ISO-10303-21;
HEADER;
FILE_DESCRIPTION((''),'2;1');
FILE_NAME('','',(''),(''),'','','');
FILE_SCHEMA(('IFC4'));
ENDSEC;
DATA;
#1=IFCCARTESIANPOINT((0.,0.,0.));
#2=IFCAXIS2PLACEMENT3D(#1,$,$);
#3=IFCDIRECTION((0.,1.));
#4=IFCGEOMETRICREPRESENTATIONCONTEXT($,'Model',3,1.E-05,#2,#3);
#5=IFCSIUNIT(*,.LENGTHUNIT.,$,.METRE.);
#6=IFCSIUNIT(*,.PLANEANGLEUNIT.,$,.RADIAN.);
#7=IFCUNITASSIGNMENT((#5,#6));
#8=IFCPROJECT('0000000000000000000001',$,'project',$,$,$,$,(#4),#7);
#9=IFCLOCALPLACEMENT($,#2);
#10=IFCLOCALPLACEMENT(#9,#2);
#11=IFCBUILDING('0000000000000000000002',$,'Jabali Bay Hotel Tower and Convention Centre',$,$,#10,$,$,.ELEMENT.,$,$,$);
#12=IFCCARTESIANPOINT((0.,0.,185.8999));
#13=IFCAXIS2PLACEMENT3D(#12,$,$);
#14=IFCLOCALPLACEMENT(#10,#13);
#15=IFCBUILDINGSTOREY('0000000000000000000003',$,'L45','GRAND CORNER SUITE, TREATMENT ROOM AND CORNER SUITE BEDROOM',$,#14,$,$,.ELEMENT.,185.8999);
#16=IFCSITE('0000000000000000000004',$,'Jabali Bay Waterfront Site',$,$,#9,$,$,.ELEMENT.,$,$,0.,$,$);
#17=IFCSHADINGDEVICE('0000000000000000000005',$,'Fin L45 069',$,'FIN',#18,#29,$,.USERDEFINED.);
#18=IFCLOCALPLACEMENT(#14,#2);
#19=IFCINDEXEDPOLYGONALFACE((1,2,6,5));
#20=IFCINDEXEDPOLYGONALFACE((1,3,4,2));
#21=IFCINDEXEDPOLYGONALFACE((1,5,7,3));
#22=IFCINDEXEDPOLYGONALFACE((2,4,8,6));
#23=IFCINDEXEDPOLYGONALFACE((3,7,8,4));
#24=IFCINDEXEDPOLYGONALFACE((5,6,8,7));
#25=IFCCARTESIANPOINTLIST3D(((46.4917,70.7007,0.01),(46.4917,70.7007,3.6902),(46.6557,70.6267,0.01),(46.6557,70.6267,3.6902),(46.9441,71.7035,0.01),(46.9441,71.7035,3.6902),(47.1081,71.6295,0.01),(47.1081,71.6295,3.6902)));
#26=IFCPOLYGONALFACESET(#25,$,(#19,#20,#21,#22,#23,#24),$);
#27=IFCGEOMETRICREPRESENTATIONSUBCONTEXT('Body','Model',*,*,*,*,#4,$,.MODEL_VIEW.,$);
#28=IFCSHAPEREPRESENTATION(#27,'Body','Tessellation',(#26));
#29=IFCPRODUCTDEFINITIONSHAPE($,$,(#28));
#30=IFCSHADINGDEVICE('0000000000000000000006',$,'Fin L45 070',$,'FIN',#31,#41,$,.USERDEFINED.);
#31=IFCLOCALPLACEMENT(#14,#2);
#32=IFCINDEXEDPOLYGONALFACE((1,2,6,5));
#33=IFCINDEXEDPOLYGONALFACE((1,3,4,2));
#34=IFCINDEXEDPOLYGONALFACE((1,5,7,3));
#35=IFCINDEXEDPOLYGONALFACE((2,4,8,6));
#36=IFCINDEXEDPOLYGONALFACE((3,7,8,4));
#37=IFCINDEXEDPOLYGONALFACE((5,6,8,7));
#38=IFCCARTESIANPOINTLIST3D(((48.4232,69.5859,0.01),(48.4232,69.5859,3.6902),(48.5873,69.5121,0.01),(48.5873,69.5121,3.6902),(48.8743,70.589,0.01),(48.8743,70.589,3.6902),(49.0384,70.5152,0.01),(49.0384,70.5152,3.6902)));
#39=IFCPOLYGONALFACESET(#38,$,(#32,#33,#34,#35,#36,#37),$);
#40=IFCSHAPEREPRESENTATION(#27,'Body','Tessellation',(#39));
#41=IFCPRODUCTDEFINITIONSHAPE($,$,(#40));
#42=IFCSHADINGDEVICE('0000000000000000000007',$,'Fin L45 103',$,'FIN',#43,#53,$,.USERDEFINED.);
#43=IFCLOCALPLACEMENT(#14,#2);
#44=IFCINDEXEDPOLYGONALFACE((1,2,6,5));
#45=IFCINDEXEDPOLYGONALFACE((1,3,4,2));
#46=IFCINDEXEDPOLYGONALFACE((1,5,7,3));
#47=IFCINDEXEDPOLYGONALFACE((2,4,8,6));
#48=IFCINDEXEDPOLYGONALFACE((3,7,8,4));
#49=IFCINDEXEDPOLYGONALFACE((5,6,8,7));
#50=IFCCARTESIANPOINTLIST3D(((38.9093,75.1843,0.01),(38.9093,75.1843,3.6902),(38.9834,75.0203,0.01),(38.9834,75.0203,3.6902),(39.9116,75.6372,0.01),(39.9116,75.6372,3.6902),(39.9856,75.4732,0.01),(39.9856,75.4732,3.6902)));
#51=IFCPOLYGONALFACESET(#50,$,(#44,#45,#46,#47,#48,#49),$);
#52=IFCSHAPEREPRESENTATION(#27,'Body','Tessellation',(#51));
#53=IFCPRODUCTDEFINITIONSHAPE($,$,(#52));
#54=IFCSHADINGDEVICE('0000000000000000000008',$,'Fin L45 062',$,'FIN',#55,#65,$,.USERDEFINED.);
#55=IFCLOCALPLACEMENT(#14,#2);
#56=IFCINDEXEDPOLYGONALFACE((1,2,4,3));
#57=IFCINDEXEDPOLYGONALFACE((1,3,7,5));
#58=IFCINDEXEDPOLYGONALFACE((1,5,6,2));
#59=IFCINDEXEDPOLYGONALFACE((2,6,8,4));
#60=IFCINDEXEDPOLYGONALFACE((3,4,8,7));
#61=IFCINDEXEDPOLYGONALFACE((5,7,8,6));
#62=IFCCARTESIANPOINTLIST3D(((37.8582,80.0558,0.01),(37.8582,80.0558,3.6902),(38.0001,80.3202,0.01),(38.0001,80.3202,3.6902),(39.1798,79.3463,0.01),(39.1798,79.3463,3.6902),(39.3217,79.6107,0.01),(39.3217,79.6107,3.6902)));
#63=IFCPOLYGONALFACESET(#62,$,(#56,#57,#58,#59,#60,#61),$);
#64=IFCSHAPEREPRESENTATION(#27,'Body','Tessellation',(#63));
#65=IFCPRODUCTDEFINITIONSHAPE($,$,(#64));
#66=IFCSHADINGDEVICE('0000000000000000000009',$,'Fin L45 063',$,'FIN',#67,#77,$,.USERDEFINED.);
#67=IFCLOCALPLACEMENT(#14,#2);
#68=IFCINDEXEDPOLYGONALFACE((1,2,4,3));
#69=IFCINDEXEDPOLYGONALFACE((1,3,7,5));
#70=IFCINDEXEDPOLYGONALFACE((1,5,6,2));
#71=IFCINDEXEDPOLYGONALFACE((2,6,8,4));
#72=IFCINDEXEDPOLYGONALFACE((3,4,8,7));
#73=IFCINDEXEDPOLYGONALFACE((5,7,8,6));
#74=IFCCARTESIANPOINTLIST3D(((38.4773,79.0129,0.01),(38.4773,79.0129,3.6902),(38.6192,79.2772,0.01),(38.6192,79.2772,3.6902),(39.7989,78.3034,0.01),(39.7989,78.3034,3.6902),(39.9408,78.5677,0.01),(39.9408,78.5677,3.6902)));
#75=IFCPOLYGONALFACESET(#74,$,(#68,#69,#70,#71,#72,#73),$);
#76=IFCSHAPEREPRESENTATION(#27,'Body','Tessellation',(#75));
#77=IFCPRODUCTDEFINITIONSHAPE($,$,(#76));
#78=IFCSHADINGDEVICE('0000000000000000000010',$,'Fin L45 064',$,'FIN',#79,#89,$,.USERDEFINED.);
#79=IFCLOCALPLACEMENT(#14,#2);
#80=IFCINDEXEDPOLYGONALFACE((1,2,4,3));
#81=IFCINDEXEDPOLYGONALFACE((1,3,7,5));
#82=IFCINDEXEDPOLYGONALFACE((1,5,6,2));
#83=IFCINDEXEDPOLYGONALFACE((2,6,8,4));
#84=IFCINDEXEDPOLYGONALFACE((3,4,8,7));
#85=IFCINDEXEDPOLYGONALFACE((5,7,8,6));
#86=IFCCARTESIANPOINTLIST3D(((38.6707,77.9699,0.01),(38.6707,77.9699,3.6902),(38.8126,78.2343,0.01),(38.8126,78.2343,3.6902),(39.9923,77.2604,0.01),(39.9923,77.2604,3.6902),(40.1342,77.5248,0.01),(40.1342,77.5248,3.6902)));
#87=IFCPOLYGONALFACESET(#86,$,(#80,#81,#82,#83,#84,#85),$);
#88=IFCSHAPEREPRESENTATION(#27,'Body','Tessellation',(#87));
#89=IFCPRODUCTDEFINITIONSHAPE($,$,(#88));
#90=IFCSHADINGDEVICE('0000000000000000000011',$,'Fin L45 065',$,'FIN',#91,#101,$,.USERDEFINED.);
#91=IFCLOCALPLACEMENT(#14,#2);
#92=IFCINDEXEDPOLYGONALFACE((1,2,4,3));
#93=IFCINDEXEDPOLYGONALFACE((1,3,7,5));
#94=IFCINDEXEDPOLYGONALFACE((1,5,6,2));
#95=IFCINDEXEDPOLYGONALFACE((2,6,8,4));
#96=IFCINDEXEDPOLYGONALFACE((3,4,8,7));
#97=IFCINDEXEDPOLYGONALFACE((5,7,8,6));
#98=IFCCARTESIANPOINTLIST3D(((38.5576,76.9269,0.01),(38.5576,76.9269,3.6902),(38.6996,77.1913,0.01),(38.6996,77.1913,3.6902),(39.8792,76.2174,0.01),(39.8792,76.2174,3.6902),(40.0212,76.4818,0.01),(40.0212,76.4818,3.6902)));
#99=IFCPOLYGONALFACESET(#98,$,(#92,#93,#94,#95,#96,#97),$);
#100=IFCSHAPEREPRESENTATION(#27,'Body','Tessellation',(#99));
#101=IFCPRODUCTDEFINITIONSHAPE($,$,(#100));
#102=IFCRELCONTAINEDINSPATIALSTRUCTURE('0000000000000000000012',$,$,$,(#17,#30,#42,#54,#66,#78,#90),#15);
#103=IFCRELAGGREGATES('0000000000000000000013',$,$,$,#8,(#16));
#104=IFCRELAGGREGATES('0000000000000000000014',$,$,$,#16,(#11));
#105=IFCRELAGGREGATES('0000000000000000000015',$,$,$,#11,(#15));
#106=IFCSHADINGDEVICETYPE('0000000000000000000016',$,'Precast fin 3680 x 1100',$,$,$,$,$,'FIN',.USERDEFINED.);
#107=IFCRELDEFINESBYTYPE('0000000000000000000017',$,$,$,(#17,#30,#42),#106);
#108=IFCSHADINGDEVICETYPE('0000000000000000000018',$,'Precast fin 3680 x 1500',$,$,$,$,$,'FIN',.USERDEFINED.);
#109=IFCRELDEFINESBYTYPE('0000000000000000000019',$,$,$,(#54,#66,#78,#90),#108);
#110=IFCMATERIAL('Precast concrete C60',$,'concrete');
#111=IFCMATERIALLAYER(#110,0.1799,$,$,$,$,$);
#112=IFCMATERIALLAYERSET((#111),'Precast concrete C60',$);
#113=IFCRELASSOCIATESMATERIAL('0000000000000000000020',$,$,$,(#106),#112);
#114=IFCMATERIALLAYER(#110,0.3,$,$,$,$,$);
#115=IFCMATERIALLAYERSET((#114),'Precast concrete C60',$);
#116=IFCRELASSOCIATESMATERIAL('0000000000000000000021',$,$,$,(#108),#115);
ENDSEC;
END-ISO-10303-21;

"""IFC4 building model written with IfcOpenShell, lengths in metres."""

from ifc_helpers import new_model, si_unit, direction, frame, frame_2d, origin, place, context, subcontext, project, spatial, rectangle, extrude, material, layer, layer_set, type_object, element, save


model = new_model("IFC4")

# Units and contexts
model_context = context("Model", 3, precision=1e-05, world=origin(), true_north=direction((0.0, 1.0)))
body_context = subcontext(model_context, "Body", "Model", "MODEL_VIEW")
ifc_project = project(units=[si_unit("LENGTHUNIT", "METRE"), si_unit("PLANEANGLEUNIT", "RADIAN")], contexts=[model_context])

# Site, building, storey
site_placement = place(None, origin())
site = spatial("IfcSite", under=ifc_project, at=site_placement, Name="Jabali Bay Waterfront Site", CompositionType="ELEMENT", RefElevation=0.0)
building_placement = place(site_placement, origin())
building = spatial("IfcBuilding", under=site, at=building_placement, Name="Jabali Bay Hotel Tower and Convention Centre", CompositionType="ELEMENT")
storey_placement = place(building_placement, frame((0.0, 0.0, 185.8999)))
storey = spatial("IfcBuildingStorey", under=building, at=storey_placement, Name="L45", Description="GRAND CORNER SUITE, TREATMENT ROOM AND CORNER SUITE BEDROOM", CompositionType="ELEMENT", Elevation=185.8999)

# Shading devices
ifc_material_1 = material(Name="Precast concrete C60", Category="concrete")
ifc_layer_1 = layer(ifc_material_1, 0.1799)
ifc_layer_set_1 = layer_set([ifc_layer_1], Name="Precast concrete C60")
shading_device_type_1 = type_object("IfcShadingDeviceType", Name="Precast fin 3680 x 1100", ElementType="FIN", PredefinedType="USERDEFINED", material=ifc_layer_set_1)
for number, where, z_axis, x_axis, name in (
    (1, (47.0261, 71.6665, 0.01), (0.0, 0.0, 1.0), (-0.41126, -0.911518, 0.0), "Fin L45 069"),
):
    element("IfcShadingDevice", number, at=place(storey_placement, frame(where, z_axis=z_axis, x_axis=x_axis)), inside=storey, type_object=shading_device_type_1, Name=name, ObjectType="FIN", PredefinedType="USERDEFINED", context=body_context, shape_type="SweptSolid", body=[
        extrude(rectangle(XDim=1.1001, YDim=0.1799, at=frame_2d((0.55, 0.0))), origin(), (0.0, 0.0, 1.0), 3.6802),
    ])
for number, where, z_axis, x_axis, name in (
    (2, (48.9563, 70.552, 0.01), (0.0, 0.0, 1.0), (-0.410171, -0.912009, 0.0), "Fin L45 070"),
    (3, (39.9485, 75.5552, 0.01), (0.0, 0.0, 1.0), (-0.911277, -0.411795, 0.0), "Fin L45 103"),
):
    element("IfcShadingDevice", number, at=place(storey_placement, frame(where, z_axis=z_axis, x_axis=x_axis)), inside=storey, type_object=shading_device_type_1, Name=name, ObjectType="FIN", PredefinedType="USERDEFINED", context=body_context, shape_type="SweptSolid", body=[
        extrude(rectangle(XDim=1.0999, YDim=0.1799, at=frame_2d((0.5498, 0.0))), origin(), (0.0, 0.0, 1.0), 3.6802),
    ])
ifc_layer_2 = layer(ifc_material_1, 0.3)
ifc_layer_set_2 = layer_set([ifc_layer_2], Name="Precast concrete C60")
shading_device_type_2 = type_object("IfcShadingDeviceType", Name="Precast fin 3680 x 1500", ElementType="FIN", PredefinedType="USERDEFINED", material=ifc_layer_set_2)
for number, where, z_axis, x_axis, name in (
    (4, (39.2507, 79.4785, 0.01), (0.0, 0.0, 1.0), (-0.881061, 0.473003, 0.0), "Fin L45 062"),
    (5, (39.8699, 78.4355, 0.01), (0.0, 0.0, 1.0), (-0.881061, 0.473003, 0.0), "Fin L45 063"),
    (6, (40.0632, 77.3926, 0.01), (0.0, 0.0, 1.0), (-0.881061, 0.473003, 0.0), "Fin L45 064"),
    (7, (39.9502, 76.3496, 0.01), (0.0, 0.0, 1.0), (-0.881061, 0.473003, 0.0), "Fin L45 065"),
):
    element("IfcShadingDevice", number, at=place(storey_placement, frame(where, z_axis=z_axis, x_axis=x_axis)), inside=storey, type_object=shading_device_type_2, Name=name, ObjectType="FIN", PredefinedType="USERDEFINED", context=body_context, shape_type="SweptSolid", body=[
        extrude(rectangle(XDim=1.5, YDim=0.3, at=frame_2d((0.75, 0.0))), origin(), (0.0, 0.0, 1.0), 3.6802),
    ])

save(model, "model.ifc")
